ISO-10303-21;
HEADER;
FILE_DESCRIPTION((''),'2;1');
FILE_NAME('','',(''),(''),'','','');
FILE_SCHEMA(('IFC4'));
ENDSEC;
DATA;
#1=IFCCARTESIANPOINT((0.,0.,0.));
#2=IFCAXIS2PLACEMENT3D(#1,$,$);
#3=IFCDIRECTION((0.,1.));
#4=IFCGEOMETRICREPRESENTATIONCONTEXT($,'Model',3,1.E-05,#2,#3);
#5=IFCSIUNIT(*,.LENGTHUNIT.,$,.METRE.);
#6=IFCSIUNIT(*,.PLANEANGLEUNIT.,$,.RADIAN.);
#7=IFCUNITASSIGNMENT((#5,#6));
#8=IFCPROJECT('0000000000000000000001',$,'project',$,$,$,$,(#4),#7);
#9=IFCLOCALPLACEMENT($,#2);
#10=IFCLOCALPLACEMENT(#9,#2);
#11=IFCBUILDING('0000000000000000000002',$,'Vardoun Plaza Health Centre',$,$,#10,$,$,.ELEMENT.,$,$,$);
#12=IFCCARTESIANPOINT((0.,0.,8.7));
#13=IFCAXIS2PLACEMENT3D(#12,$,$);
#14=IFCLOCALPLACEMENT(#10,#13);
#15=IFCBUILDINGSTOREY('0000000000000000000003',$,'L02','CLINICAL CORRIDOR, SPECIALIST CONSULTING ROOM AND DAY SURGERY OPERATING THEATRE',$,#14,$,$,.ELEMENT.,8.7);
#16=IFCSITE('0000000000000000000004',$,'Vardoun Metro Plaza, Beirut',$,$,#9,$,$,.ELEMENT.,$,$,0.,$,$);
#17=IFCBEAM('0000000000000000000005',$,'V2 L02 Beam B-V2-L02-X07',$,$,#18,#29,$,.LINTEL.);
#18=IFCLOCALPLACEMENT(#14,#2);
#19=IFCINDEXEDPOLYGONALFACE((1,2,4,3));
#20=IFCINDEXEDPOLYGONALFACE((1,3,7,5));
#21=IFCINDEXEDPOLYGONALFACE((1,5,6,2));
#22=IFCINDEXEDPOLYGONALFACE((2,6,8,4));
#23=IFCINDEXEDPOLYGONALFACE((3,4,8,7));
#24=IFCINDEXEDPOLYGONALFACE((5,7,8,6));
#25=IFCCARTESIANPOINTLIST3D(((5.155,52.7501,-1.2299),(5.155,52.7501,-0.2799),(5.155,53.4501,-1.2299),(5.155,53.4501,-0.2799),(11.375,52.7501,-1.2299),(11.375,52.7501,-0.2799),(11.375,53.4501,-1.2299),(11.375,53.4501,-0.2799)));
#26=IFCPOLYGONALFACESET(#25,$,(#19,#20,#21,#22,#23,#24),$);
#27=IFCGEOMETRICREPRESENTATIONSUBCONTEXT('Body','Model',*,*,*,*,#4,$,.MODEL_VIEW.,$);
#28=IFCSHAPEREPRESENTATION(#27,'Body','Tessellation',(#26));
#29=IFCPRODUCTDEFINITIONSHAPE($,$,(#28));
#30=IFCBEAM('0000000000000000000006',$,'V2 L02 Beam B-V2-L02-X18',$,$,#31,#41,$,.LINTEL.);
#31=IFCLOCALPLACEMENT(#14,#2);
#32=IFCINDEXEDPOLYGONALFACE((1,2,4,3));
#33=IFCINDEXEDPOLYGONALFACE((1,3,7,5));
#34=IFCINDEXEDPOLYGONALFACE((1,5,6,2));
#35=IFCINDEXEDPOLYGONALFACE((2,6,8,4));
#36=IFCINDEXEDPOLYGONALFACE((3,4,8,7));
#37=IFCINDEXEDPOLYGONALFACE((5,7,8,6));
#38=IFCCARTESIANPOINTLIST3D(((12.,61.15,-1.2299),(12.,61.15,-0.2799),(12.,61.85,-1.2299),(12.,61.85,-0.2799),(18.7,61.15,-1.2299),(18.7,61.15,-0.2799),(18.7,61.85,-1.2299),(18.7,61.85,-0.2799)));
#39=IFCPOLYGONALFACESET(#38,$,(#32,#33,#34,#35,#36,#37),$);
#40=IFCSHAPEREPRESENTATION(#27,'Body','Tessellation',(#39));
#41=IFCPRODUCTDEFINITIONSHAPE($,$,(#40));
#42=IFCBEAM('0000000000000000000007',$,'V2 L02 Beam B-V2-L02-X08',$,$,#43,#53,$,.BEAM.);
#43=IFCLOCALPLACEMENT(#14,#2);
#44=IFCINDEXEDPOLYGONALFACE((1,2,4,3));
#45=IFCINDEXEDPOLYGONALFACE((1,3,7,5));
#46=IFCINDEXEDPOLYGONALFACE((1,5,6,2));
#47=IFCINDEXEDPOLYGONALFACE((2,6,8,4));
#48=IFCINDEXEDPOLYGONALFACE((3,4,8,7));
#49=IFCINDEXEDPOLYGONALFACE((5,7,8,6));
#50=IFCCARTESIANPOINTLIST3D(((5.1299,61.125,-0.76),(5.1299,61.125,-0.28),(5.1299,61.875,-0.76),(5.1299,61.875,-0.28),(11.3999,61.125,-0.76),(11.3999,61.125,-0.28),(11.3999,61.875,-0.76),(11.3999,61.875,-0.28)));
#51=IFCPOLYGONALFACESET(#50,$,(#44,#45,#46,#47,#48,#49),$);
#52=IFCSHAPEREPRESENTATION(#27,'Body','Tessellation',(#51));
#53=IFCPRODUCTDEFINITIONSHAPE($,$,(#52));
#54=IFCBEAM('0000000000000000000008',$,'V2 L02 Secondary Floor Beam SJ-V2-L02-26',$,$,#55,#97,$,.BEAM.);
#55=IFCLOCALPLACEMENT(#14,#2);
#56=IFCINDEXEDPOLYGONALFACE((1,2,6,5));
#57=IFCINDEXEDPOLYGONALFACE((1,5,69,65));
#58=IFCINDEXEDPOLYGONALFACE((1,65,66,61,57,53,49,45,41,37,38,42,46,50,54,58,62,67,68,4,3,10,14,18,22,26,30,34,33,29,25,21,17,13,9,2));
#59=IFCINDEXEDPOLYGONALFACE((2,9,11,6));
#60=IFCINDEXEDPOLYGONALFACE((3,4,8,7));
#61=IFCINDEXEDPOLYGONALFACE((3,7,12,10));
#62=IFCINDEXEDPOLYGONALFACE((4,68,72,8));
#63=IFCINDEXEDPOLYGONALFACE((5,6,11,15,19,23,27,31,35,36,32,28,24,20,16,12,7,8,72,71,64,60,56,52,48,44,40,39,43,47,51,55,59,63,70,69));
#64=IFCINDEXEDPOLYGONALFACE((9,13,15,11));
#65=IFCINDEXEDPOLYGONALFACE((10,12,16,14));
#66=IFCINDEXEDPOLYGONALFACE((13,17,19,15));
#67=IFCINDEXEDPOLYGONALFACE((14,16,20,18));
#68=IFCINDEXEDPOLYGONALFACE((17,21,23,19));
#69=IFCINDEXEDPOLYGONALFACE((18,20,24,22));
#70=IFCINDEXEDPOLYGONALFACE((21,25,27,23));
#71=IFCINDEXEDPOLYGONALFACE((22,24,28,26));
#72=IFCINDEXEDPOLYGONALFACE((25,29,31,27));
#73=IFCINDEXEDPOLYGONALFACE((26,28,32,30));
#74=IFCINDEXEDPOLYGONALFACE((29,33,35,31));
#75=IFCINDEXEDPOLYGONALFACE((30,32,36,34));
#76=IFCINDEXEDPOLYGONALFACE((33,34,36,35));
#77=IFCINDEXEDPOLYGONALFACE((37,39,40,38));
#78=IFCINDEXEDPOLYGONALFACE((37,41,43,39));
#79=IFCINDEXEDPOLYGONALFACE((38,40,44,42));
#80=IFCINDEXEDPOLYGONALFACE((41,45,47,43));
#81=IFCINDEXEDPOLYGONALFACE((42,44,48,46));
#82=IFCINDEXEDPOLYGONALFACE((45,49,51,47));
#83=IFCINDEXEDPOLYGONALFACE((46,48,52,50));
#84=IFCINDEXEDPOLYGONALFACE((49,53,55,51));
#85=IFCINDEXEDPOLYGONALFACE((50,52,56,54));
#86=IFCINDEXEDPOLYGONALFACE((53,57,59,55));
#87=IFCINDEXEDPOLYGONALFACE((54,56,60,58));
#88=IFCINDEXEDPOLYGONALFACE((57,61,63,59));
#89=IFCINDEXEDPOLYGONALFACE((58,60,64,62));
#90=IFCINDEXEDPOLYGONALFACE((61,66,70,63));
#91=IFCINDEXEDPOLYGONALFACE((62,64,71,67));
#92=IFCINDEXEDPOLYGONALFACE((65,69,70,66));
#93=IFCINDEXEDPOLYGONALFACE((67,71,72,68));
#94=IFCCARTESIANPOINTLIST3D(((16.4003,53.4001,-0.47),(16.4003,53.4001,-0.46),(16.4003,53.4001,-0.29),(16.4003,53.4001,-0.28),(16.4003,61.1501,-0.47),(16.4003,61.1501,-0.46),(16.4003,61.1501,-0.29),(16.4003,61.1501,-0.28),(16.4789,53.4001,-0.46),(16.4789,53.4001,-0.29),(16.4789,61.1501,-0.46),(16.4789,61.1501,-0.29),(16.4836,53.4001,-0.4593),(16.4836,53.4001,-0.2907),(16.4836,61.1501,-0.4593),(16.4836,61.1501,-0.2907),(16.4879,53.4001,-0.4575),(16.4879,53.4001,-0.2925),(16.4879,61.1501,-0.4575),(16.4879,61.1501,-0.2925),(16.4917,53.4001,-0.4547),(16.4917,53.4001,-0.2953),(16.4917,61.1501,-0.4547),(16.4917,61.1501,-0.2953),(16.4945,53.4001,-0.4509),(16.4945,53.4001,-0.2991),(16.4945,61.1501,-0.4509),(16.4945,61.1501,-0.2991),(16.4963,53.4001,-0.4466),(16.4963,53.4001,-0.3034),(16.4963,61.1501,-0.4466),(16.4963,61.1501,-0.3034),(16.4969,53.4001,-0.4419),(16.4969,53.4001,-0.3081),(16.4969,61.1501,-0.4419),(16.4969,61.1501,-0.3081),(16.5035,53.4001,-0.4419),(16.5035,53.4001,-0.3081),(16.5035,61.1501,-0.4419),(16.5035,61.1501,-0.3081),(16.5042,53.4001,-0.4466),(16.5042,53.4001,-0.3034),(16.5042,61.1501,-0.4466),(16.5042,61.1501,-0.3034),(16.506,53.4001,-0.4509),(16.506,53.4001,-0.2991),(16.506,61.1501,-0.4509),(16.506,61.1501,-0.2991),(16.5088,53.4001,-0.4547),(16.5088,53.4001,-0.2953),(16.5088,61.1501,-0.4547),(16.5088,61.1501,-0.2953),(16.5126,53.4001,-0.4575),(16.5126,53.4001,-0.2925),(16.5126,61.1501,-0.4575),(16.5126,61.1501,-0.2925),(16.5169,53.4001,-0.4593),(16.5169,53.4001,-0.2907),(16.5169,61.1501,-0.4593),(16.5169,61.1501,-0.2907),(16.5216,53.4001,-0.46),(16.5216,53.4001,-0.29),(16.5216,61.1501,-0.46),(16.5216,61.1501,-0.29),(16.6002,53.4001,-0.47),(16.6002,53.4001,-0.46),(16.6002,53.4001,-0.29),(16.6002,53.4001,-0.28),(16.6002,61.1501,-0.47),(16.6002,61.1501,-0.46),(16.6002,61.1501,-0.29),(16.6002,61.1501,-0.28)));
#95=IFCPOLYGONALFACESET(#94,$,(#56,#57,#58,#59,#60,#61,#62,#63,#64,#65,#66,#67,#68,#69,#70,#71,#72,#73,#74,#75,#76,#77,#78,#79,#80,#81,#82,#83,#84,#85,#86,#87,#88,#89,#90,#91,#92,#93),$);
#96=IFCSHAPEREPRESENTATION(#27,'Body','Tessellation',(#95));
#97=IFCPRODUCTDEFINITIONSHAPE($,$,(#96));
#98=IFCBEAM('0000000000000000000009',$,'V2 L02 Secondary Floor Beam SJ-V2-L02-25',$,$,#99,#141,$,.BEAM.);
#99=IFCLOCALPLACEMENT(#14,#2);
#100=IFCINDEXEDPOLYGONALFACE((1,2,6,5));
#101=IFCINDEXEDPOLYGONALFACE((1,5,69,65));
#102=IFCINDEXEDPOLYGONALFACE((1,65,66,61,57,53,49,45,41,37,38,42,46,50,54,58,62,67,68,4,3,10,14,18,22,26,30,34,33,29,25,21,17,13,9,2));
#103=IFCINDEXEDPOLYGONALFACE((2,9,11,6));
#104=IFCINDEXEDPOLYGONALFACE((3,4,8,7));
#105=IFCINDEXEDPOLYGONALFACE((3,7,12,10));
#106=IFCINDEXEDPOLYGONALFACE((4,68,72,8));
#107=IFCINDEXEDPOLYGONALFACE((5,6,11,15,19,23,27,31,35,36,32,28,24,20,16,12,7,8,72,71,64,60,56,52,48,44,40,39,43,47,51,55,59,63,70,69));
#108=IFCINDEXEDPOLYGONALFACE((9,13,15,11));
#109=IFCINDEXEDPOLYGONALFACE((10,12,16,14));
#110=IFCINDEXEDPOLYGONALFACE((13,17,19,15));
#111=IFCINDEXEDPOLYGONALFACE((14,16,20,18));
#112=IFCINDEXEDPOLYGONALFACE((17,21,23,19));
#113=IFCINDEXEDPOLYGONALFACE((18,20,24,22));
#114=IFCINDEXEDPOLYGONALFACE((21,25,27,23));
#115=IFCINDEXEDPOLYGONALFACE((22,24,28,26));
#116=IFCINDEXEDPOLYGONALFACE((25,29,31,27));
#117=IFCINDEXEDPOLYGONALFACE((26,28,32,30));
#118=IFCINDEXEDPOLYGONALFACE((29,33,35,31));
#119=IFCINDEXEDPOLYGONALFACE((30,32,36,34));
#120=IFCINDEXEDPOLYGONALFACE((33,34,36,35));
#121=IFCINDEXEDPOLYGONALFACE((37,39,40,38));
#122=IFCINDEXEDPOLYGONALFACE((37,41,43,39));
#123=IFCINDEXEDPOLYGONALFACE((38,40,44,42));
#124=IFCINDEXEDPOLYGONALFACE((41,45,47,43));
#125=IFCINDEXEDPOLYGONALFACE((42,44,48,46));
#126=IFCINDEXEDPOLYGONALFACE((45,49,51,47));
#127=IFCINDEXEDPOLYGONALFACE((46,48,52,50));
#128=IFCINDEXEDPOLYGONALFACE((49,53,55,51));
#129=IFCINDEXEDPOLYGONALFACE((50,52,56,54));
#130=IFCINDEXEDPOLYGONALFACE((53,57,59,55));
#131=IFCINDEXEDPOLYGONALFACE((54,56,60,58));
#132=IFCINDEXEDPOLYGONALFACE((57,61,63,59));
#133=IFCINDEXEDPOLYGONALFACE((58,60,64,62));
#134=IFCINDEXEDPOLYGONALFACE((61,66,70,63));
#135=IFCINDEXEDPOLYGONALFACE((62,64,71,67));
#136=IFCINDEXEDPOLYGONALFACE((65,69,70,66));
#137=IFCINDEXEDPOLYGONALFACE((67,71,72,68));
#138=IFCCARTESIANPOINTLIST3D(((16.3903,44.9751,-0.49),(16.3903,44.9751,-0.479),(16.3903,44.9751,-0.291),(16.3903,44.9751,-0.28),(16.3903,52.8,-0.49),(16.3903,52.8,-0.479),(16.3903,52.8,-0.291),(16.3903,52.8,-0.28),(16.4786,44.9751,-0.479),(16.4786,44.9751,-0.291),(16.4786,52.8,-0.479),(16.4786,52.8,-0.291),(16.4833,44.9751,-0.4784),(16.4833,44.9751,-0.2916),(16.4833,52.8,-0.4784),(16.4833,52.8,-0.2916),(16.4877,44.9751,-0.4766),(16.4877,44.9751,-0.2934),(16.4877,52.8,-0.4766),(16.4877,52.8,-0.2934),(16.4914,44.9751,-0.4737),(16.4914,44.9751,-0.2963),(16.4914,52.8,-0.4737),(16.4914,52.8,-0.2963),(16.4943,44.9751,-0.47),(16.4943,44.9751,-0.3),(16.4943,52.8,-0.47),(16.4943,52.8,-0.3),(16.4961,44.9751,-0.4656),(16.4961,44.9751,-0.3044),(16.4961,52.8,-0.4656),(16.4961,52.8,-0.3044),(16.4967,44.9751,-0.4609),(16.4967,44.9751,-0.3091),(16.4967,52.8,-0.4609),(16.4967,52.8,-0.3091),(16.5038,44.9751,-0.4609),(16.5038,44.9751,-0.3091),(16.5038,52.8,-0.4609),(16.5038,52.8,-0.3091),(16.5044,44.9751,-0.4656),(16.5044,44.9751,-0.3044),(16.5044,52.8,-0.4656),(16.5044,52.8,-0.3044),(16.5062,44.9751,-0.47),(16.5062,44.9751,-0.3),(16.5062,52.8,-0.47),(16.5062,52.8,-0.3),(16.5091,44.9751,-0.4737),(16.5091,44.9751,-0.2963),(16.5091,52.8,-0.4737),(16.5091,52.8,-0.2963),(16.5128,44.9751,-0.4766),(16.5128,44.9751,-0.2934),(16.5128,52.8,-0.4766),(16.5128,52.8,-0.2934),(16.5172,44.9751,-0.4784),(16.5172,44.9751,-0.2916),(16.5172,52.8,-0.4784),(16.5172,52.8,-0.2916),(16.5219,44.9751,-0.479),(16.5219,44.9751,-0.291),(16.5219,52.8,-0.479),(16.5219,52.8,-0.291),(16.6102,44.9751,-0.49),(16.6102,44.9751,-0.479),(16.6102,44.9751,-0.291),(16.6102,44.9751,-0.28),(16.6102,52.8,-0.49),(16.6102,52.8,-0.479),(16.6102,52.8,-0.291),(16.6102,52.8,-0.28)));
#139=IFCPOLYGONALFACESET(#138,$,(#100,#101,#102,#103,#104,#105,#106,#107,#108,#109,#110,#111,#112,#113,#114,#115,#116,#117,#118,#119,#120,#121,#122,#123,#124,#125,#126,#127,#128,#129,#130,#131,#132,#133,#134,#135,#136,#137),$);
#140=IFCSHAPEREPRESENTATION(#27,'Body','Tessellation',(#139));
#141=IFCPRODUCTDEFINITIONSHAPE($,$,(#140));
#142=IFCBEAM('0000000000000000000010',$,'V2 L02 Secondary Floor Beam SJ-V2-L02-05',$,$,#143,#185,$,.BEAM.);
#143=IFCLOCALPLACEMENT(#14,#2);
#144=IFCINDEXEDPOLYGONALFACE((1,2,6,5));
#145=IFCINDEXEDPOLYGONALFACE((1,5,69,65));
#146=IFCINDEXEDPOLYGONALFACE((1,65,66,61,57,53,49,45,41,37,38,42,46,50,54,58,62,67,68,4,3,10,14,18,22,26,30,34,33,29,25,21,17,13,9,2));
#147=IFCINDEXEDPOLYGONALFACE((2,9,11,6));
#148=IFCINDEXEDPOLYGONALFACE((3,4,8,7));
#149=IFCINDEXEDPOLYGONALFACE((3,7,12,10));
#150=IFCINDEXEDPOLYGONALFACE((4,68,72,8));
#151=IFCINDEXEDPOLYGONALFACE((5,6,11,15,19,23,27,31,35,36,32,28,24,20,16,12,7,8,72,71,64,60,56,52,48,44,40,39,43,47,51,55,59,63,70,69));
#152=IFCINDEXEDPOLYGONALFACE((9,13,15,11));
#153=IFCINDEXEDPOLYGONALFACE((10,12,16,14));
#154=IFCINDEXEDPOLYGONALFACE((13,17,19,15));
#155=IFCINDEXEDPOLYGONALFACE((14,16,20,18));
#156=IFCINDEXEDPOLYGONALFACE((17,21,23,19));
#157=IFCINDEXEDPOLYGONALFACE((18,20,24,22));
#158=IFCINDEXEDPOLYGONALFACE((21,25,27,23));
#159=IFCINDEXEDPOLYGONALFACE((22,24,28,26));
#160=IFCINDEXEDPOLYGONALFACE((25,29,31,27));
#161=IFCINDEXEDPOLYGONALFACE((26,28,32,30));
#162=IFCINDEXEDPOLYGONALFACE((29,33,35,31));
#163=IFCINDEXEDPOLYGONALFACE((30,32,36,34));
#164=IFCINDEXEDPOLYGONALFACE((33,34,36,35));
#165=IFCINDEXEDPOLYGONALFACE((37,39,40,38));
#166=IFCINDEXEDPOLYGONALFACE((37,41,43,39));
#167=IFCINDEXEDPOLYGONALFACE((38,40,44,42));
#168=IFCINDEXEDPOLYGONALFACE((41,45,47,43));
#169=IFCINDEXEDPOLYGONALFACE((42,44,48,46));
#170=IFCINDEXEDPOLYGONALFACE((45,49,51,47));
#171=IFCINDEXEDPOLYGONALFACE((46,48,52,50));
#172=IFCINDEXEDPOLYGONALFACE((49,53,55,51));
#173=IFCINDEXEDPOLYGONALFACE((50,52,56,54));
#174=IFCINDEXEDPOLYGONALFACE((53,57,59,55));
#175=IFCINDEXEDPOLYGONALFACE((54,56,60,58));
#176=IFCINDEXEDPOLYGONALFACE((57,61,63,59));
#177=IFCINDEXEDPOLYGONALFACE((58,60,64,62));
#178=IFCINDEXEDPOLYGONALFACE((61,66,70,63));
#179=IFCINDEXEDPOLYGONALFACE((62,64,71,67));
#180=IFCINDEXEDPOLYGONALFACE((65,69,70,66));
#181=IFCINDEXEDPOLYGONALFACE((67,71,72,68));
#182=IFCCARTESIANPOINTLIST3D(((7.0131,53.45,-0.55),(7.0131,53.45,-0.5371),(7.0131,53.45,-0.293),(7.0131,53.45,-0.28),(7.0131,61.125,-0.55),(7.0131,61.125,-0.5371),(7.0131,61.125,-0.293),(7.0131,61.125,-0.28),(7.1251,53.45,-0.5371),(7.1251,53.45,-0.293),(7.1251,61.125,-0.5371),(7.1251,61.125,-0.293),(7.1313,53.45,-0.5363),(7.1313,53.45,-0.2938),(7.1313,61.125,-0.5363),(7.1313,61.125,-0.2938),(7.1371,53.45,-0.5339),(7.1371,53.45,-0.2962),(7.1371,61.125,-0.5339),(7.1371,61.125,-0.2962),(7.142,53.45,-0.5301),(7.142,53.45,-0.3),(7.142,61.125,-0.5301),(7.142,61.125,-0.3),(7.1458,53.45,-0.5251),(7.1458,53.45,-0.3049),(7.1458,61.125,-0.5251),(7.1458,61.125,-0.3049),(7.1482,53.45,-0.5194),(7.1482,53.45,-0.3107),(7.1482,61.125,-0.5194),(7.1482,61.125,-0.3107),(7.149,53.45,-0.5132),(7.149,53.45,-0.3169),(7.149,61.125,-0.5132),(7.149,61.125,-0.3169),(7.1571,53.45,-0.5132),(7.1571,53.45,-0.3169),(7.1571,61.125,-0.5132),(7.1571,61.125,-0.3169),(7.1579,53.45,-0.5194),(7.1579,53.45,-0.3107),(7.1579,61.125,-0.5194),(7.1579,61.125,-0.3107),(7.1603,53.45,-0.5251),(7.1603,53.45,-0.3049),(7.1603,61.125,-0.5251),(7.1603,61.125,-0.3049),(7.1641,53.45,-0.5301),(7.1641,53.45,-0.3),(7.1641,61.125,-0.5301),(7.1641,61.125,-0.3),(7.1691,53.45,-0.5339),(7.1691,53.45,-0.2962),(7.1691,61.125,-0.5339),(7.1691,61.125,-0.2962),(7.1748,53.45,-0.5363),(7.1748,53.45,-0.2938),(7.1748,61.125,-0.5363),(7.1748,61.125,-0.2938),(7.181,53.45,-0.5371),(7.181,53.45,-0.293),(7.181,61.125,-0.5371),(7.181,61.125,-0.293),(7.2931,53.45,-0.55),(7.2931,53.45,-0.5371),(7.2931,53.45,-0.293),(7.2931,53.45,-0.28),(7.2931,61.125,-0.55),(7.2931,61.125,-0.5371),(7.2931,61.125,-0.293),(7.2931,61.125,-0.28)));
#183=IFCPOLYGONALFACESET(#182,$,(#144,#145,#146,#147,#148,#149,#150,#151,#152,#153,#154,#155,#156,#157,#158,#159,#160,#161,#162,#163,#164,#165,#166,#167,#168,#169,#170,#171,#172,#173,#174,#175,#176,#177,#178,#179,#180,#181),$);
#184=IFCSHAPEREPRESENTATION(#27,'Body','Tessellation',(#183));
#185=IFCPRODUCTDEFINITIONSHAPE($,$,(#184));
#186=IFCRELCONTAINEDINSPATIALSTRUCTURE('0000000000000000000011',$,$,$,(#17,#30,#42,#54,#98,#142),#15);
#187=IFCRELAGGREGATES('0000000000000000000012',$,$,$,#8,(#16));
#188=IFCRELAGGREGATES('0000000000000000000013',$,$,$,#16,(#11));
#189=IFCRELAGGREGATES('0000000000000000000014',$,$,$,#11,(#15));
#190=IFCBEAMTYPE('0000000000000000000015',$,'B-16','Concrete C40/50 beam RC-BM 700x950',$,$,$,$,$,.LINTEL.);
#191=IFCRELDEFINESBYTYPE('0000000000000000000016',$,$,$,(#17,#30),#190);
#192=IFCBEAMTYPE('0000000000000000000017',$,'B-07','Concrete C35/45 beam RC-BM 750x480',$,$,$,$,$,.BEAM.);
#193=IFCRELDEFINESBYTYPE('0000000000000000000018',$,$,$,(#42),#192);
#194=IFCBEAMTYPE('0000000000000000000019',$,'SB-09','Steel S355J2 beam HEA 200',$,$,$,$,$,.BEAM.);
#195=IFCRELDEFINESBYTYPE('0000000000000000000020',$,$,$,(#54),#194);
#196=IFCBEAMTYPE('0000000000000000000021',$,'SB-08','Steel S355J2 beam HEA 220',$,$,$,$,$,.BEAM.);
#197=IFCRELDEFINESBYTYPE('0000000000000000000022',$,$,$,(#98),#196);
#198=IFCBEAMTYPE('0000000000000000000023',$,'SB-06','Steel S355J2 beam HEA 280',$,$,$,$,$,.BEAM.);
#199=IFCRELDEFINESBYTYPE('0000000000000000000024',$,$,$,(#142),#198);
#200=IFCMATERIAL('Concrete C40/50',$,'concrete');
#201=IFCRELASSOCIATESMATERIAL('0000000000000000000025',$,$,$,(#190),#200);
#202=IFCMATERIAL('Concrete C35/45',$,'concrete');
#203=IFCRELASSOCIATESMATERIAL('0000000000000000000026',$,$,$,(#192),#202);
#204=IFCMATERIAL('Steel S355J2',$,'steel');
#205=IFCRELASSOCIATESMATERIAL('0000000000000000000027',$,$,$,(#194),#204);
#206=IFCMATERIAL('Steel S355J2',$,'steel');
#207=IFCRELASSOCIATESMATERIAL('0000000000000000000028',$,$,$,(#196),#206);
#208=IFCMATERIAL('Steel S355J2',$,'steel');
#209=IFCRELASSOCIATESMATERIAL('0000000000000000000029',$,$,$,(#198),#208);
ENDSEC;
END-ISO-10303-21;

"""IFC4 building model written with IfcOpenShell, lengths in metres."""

from ifc_helpers import new_model, si_unit, direction, frame, origin, origin_2d, place, context, subcontext, project, spatial, rectangle, i_section, extrude, material, material_profile, profile_set, type_object, element, save


model = new_model("IFC4")

# Units and contexts
model_context = context("Model", 3, precision=1e-05, world=origin(), true_north=direction((0.0, 1.0)))
body_context = subcontext(model_context, "Body", "Model", "MODEL_VIEW")
ifc_project = project(units=[si_unit("LENGTHUNIT", "METRE"), si_unit("PLANEANGLEUNIT", "RADIAN")], contexts=[model_context])

# Site, building, storey
site_placement = place(None, origin())
site = spatial("IfcSite", under=ifc_project, at=site_placement, Name="Vardoun Metro Plaza, Beirut", CompositionType="ELEMENT", RefElevation=0.0)
building_placement = place(site_placement, origin())
building = spatial("IfcBuilding", under=site, at=building_placement, Name="Vardoun Plaza Health Centre", CompositionType="ELEMENT")
storey_placement = place(building_placement, frame((0.0, 0.0, 8.7)))
storey = spatial("IfcBuildingStorey", under=building, at=storey_placement, Name="L02", Description="CLINICAL CORRIDOR, SPECIALIST CONSULTING ROOM AND DAY SURGERY OPERATING THEATRE", CompositionType="ELEMENT", Elevation=8.7)

# Beams
ifc_material_1 = material(Name="Concrete C40/50", Category="concrete")
ifc_material_profile_1 = material_profile(ifc_material_1, rectangle(XDim=0.7, YDim=0.95, at=origin_2d()), Name="RC-BM 700x950")
ifc_profile_set_1 = profile_set([ifc_material_profile_1], Name="Concrete C40/50")
beam_type_1 = type_object("IfcBeamType", Name="B-16", Description="Concrete C40/50 beam RC-BM 700x950", PredefinedType="LINTEL", material=ifc_profile_set_1)
beam_1_placement = place(storey_placement, frame((5.155, 53.1001, -0.7549), z_axis=(1.0, 0.0, 0.0), x_axis=(0.0, 1.0, 0.0)))
element("IfcBeam", 1, at=beam_1_placement, inside=storey, type_object=beam_type_1, Name="V2 L02 Beam B-V2-L02-X07", PredefinedType="LINTEL", context=body_context, shape_type="SweptSolid", body=[
    extrude(rectangle(XDim=0.7, YDim=0.95, at=origin_2d()), origin(), (0.0, 0.0, 1.0), 6.22),
])
beam_2_placement = place(storey_placement, frame((12.0, 61.5, -0.7549), z_axis=(1.0, 0.0, 0.0), x_axis=(0.0, 1.0, 0.0)))
element("IfcBeam", 2, at=beam_2_placement, inside=storey, type_object=beam_type_1, Name="V2 L02 Beam B-V2-L02-X18", PredefinedType="LINTEL", context=body_context, shape_type="SweptSolid", body=[
    extrude(rectangle(XDim=0.7, YDim=0.95, at=origin_2d()), origin(), (0.0, 0.0, 1.0), 6.7),
])
ifc_material_2 = material(Name="Concrete C35/45", Category="concrete")
ifc_material_profile_2 = material_profile(ifc_material_2, rectangle(XDim=0.75, YDim=0.48, at=origin_2d()), Name="RC-BM 750x480")
ifc_profile_set_2 = profile_set([ifc_material_profile_2], Name="Concrete C35/45")
beam_type_2 = type_object("IfcBeamType", Name="B-07", Description="Concrete C35/45 beam RC-BM 750x480", PredefinedType="BEAM", material=ifc_profile_set_2)
beam_3_placement = place(storey_placement, frame((5.1299, 61.5, -0.52), z_axis=(1.0, 0.0, 0.0), x_axis=(0.0, 1.0, 0.0)))
element("IfcBeam", 3, at=beam_3_placement, inside=storey, type_object=beam_type_2, Name="V2 L02 Beam B-V2-L02-X08", PredefinedType="BEAM", context=body_context, shape_type="SweptSolid", body=[
    extrude(rectangle(XDim=0.75, YDim=0.48, at=origin_2d()), origin(), (0.0, 0.0, 1.0), 6.27),
])
ifc_material_3 = material(Name="Steel S355J2", Category="steel")
ifc_material_profile_3 = material_profile(ifc_material_3, i_section(OverallWidth=0.2, OverallDepth=0.1899, WebThickness=0.0066, FlangeThickness=0.01, FilletRadius=0.0181, at=origin_2d()), Name="HEA 200")
ifc_profile_set_3 = profile_set([ifc_material_profile_3], Name="Steel S355J2")
beam_type_3 = type_object("IfcBeamType", Name="SB-09", Description="Steel S355J2 beam HEA 200", PredefinedType="BEAM", material=ifc_profile_set_3)
beam_4_placement = place(storey_placement, frame((16.5002, 53.4001, -0.375), z_axis=(0.0, 1.0, 0.0), x_axis=(-1.0, 0.0, 0.0)))
element("IfcBeam", 4, at=beam_4_placement, inside=storey, type_object=beam_type_3, Name="V2 L02 Secondary Floor Beam SJ-V2-L02-26", PredefinedType="BEAM", context=body_context, shape_type="SweptSolid", body=[
    extrude(i_section(OverallWidth=0.2, OverallDepth=0.1899, WebThickness=0.0066, FlangeThickness=0.01, FilletRadius=0.0181, at=origin_2d()), origin(), (0.0, 0.0, 1.0), 7.75),
])
ifc_material_4 = material(Name="Steel S355J2", Category="steel")
ifc_material_profile_4 = material_profile(ifc_material_4, i_section(OverallWidth=0.22, OverallDepth=0.21, WebThickness=0.0071, FlangeThickness=0.011, FilletRadius=0.0181, at=origin_2d()), Name="HEA 220")
ifc_profile_set_4 = profile_set([ifc_material_profile_4], Name="Steel S355J2")
beam_type_4 = type_object("IfcBeamType", Name="SB-08", Description="Steel S355J2 beam HEA 220", PredefinedType="BEAM", material=ifc_profile_set_4)
beam_5_placement = place(storey_placement, frame((16.5002, 44.9751, -0.385), z_axis=(0.0, 1.0, 0.0), x_axis=(-1.0, 0.0, 0.0)))
element("IfcBeam", 5, at=beam_5_placement, inside=storey, type_object=beam_type_4, Name="V2 L02 Secondary Floor Beam SJ-V2-L02-25", PredefinedType="BEAM", context=body_context, shape_type="SweptSolid", body=[
    extrude(i_section(OverallWidth=0.22, OverallDepth=0.21, WebThickness=0.0071, FlangeThickness=0.011, FilletRadius=0.0181, at=origin_2d()), origin(), (0.0, 0.0, 1.0), 7.825),
])
ifc_material_5 = material(Name="Steel S355J2", Category="steel")
ifc_material_profile_5 = material_profile(ifc_material_5, i_section(OverallWidth=0.28, OverallDepth=0.27, WebThickness=0.0081, FlangeThickness=0.0129, FilletRadius=0.0239, at=origin_2d()), Name="HEA 280")
ifc_profile_set_5 = profile_set([ifc_material_profile_5], Name="Steel S355J2")
beam_type_5 = type_object("IfcBeamType", Name="SB-06", Description="Steel S355J2 beam HEA 280", PredefinedType="BEAM", material=ifc_profile_set_5)
beam_6_placement = place(storey_placement, frame((7.1531, 53.45, -0.415), z_axis=(0.0, 1.0, 0.0), x_axis=(-1.0, 0.0, 0.0)))
element("IfcBeam", 6, at=beam_6_placement, inside=storey, type_object=beam_type_5, Name="V2 L02 Secondary Floor Beam SJ-V2-L02-05", PredefinedType="BEAM", context=body_context, shape_type="SweptSolid", body=[
    extrude(i_section(OverallWidth=0.28, OverallDepth=0.27, WebThickness=0.0081, FlangeThickness=0.0129, FilletRadius=0.0239, at=origin_2d()), origin(), (0.0, 0.0, 1.0), 7.675),
])

save(model, "model.ifc")
